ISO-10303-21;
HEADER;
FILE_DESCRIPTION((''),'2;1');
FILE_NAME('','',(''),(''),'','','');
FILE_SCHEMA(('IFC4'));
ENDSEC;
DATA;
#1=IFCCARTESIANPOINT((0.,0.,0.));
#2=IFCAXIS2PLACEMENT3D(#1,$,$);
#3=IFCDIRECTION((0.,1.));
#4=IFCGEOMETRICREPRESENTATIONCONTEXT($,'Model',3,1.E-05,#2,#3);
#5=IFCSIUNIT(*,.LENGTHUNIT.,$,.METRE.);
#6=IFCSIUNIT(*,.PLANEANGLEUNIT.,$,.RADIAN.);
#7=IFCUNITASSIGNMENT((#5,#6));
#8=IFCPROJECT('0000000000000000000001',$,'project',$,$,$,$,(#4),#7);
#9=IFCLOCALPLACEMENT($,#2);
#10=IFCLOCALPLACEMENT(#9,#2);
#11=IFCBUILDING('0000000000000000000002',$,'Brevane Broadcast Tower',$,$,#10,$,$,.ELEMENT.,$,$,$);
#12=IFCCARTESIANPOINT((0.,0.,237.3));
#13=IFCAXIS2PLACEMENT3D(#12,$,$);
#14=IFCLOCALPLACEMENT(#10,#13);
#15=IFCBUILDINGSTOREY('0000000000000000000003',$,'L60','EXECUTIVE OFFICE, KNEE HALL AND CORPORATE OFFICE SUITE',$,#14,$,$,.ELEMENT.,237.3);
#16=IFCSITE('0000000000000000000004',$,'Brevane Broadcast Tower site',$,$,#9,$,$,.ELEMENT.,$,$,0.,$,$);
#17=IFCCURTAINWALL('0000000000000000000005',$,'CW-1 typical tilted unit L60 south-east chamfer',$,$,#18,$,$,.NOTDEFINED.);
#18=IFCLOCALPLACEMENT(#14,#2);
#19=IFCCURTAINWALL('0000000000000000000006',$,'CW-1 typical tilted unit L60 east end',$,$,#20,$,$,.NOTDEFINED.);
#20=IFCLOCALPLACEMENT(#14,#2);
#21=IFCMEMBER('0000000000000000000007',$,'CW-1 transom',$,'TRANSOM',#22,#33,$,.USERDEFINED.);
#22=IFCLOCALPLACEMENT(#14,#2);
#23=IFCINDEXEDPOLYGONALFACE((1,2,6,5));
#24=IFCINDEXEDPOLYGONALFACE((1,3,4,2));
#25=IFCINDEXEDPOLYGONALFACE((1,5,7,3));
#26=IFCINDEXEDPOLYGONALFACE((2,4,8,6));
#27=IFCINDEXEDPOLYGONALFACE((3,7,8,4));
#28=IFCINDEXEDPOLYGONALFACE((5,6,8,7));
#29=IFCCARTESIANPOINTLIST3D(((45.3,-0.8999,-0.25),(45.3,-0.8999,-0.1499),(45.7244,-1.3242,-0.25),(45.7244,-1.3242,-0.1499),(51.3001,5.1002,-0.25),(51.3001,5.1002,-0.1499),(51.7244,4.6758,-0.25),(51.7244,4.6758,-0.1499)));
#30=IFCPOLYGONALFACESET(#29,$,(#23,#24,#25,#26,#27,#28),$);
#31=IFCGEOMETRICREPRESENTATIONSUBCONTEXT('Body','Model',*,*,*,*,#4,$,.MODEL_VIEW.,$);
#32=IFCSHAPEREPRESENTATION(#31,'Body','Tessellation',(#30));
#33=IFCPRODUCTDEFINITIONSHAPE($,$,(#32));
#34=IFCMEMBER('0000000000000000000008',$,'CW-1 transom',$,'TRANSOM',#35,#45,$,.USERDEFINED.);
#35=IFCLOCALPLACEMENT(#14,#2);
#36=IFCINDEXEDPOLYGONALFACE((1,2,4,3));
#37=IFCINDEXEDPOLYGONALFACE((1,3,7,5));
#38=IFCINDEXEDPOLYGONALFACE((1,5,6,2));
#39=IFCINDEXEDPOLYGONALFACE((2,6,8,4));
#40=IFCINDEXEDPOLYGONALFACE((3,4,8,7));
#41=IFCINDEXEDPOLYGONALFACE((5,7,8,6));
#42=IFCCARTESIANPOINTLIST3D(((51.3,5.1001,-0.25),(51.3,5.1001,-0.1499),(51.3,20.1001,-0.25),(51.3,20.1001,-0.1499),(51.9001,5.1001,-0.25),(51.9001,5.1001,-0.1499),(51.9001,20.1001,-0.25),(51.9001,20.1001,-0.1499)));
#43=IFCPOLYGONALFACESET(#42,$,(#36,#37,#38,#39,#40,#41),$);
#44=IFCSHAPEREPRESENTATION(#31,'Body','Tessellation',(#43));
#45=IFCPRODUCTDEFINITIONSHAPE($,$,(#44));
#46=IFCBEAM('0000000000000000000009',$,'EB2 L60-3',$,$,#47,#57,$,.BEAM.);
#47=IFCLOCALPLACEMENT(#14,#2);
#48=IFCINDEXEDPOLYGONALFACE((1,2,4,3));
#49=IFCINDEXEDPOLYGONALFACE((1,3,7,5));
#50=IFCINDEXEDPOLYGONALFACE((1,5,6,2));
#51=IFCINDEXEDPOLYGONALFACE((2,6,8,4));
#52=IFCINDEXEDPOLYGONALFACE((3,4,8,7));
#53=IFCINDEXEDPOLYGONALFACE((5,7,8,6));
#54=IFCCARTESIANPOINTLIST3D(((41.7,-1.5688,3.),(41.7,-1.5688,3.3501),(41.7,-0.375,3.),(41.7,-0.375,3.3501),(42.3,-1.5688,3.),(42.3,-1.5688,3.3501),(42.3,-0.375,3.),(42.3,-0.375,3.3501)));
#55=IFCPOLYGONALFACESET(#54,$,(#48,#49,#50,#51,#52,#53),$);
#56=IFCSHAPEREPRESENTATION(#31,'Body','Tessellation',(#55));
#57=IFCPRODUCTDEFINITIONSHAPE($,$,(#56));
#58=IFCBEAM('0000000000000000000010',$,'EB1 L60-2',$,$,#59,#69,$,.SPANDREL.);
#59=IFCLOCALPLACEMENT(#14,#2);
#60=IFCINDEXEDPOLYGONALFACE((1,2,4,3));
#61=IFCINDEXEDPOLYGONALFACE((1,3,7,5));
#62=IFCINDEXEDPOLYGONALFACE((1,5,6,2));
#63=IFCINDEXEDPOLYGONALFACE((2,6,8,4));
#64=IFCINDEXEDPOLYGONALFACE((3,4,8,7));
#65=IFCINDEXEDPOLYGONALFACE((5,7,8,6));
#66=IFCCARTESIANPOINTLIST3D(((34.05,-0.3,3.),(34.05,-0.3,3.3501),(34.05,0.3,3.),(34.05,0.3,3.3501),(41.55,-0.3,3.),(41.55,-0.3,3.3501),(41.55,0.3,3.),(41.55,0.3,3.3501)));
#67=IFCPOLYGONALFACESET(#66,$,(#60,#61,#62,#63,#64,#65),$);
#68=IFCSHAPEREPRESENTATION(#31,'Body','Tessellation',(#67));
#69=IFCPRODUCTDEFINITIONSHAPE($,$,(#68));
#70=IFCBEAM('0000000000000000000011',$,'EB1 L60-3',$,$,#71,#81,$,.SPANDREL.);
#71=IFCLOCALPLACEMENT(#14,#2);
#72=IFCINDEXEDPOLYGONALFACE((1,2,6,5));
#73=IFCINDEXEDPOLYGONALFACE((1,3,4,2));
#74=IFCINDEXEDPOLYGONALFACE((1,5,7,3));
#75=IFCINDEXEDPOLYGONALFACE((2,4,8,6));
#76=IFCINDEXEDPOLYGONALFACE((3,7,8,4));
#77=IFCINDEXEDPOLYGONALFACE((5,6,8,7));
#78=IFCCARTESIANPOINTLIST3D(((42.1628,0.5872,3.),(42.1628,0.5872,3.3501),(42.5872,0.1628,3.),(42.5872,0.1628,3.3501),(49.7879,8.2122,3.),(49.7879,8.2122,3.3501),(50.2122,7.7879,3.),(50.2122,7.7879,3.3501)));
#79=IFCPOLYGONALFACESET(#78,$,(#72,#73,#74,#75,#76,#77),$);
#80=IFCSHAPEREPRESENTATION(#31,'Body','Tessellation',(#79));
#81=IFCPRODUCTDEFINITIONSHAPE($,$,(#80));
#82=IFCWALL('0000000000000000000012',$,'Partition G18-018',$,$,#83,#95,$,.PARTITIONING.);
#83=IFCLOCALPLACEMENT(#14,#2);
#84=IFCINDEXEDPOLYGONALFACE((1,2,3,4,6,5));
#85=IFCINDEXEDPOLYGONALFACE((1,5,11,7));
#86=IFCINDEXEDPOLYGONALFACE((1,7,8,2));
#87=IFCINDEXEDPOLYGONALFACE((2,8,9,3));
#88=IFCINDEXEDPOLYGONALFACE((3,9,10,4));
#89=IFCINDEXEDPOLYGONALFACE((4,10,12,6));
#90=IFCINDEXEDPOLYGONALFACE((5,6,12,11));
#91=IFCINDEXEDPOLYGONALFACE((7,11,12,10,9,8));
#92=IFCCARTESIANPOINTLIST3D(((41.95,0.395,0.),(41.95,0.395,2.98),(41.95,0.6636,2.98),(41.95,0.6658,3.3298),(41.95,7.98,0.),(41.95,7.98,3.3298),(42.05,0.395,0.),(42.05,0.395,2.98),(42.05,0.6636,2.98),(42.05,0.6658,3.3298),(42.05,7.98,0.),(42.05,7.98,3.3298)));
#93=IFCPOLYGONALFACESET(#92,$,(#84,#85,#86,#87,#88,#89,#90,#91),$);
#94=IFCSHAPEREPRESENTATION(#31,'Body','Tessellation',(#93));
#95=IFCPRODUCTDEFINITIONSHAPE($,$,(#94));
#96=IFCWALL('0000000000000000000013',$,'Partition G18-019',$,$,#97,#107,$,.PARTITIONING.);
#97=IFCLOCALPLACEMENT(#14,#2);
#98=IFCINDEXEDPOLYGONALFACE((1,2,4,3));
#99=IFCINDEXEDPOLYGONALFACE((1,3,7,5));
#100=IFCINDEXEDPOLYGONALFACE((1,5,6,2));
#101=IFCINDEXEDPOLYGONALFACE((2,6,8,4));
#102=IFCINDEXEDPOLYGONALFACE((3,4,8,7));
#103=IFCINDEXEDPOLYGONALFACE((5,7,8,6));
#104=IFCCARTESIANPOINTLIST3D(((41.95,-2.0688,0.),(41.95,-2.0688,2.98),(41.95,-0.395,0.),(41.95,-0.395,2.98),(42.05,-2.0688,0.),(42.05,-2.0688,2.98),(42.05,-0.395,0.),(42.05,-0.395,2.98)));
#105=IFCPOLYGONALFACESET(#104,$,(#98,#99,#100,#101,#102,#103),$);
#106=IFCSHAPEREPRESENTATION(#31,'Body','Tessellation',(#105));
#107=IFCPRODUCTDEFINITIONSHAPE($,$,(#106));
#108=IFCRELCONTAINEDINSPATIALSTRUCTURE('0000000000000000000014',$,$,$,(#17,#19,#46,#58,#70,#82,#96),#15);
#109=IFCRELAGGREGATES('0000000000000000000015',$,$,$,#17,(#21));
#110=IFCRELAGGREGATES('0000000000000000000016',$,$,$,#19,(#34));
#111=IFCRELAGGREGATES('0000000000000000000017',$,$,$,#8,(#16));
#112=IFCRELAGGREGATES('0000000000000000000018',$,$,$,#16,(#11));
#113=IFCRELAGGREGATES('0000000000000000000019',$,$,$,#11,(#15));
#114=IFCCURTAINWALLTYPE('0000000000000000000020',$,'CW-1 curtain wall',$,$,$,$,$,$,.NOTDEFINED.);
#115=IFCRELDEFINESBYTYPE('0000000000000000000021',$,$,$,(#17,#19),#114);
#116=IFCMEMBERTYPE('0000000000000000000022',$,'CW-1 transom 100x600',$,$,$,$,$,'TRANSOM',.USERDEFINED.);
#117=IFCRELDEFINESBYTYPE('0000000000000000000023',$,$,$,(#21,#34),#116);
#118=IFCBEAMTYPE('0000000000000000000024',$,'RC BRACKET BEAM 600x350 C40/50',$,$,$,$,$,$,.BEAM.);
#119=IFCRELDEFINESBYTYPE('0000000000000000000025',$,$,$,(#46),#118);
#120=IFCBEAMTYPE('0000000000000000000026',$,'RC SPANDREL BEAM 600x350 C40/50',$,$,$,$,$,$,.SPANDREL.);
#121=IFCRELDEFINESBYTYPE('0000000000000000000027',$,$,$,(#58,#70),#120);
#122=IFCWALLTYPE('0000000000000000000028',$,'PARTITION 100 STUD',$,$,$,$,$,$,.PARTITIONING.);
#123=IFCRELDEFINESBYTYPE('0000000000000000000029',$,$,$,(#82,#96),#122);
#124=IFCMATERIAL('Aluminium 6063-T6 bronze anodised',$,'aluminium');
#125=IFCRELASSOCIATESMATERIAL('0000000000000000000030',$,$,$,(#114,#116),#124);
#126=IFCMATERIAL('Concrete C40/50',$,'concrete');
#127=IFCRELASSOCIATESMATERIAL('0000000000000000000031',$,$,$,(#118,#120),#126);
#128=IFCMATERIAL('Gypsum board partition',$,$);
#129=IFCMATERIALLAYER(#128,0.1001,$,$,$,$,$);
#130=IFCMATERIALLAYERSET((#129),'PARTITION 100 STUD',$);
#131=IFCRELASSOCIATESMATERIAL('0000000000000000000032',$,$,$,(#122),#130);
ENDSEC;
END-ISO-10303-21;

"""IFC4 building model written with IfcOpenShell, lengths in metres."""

from ifc_helpers import new_model, si_unit, direction, frame, frame_2d, origin, origin_2d, place, context, subcontext, project, spatial, polyline, rectangle, outline, extrude, material, layer, layer_set, material_profile, profile_set, type_object, element, aggregate, save


model = new_model("IFC4")

# Units and contexts
model_context = context("Model", 3, precision=1e-05, world=origin(), true_north=direction((0.0, 1.0)))
body_context = subcontext(model_context, "Body", "Model", "MODEL_VIEW")
ifc_project = project(units=[si_unit("LENGTHUNIT", "METRE"), si_unit("PLANEANGLEUNIT", "RADIAN")], contexts=[model_context])

# Site, building, storey
site_placement = place(None, origin())
site = spatial("IfcSite", under=ifc_project, at=site_placement, Name="Brevane Broadcast Tower site", CompositionType="ELEMENT", RefElevation=0.0)
building_placement = place(site_placement, origin())
building = spatial("IfcBuilding", under=site, at=building_placement, Name="Brevane Broadcast Tower", CompositionType="ELEMENT")
storey_placement = place(building_placement, frame((0.0, 0.0, 237.3)))
storey = spatial("IfcBuildingStorey", under=building, at=storey_placement, Name="L60", Description="EXECUTIVE OFFICE, KNEE HALL AND CORPORATE OFFICE SUITE", CompositionType="ELEMENT", Elevation=237.3)

# Curtain wall
ifc_material_1 = material(Name="Aluminium 6063-T6 bronze anodised", Category="aluminium")
curtain_wall_type = type_object("IfcCurtainWallType", Name="CW-1 curtain wall", PredefinedType="NOTDEFINED", material=ifc_material_1)
curtain_wall_1_placement = place(storey_placement, origin())
curtain_wall_1 = element("IfcCurtainWall", 1, at=curtain_wall_1_placement, inside=storey, type_object=curtain_wall_type, Name="CW-1 typical tilted unit L60 south-east chamfer", PredefinedType="NOTDEFINED")

# Curtain wall
curtain_wall_2_placement = place(storey_placement, origin())
curtain_wall_2 = element("IfcCurtainWall", 2, at=curtain_wall_2_placement, inside=storey, type_object=curtain_wall_type, Name="CW-1 typical tilted unit L60 east end", PredefinedType="NOTDEFINED")

# Members
ifc_material_profile_1 = material_profile(ifc_material_1, rectangle(XDim=0.6001, YDim=0.1001, at=origin_2d()), Name="RECT 100x600")
ifc_profile_set_1 = profile_set([ifc_material_profile_1], Name="Aluminium 6063-T6 bronze anodised")
member_type_1 = type_object("IfcMemberType", Name="CW-1 transom 100x600", ElementType="TRANSOM", PredefinedType="USERDEFINED", material=ifc_profile_set_1)
member_1_placement = place(storey_placement, frame((45.5122, -1.1121, -0.2), z_axis=(0.707107, 0.707107, 0.0), x_axis=(-0.707107, 0.707107, 0.0)))
member_1 = element("IfcMember", 3, at=member_1_placement, type_object=member_type_1, Name="CW-1 transom", ObjectType="TRANSOM", PredefinedType="USERDEFINED", context=body_context, shape_type="SweptSolid", body=[
    extrude(rectangle(XDim=0.6001, YDim=0.1001, at=origin_2d()), origin(), (0.0, 0.0, 1.0), 8.4854),
])
aggregate(curtain_wall_1, [member_1])
member_2_placement = place(storey_placement, frame((51.6001, 5.1001, -0.2), z_axis=(0.0, 1.0, 0.0), x_axis=(-1.0, 0.0, 0.0)))
member_2 = element("IfcMember", 4, at=member_2_placement, type_object=member_type_1, Name="CW-1 transom", ObjectType="TRANSOM", PredefinedType="USERDEFINED", context=body_context, shape_type="SweptSolid", body=[
    extrude(rectangle(XDim=0.6001, YDim=0.1001, at=origin_2d()), origin(), (0.0, 0.0, 1.0), 15.0),
])
aggregate(curtain_wall_2, [member_2])

# Beams
ifc_material_2 = material(Name="Concrete C40/50", Category="concrete")
ifc_material_profile_2 = material_profile(ifc_material_2, rectangle(XDim=0.6001, YDim=0.3501, at=origin_2d()), Name="RC 600x350")
ifc_profile_set_2 = profile_set([ifc_material_profile_2], Name="Concrete C40/50")
beam_type_1 = type_object("IfcBeamType", Name="RC BRACKET BEAM 600x350 C40/50", PredefinedType="BEAM", material=ifc_profile_set_2)
beam_1_placement = place(storey_placement, frame((42.0, -0.375, 3.175), z_axis=(0.0, -1.0, 0.0), x_axis=(1.0, 0.0, 0.0)))
element("IfcBeam", 5, at=beam_1_placement, inside=storey, type_object=beam_type_1, Name="EB2 L60-3", PredefinedType="BEAM", context=body_context, shape_type="SweptSolid", body=[
    extrude(rectangle(XDim=0.6001, YDim=0.3501, at=origin_2d()), origin(), (0.0, 0.0, 1.0), 1.1938),
])
ifc_material_profile_3 = material_profile(ifc_material_2, rectangle(XDim=0.6001, YDim=0.3501, at=origin_2d()), Name="RC 600x350")
ifc_profile_set_3 = profile_set([ifc_material_profile_3], Name="Concrete C40/50")
beam_type_2 = type_object("IfcBeamType", Name="RC SPANDREL BEAM 600x350 C40/50", PredefinedType="SPANDREL", material=ifc_profile_set_3)
beam_2_placement = place(storey_placement, frame((34.05, 0.0, 3.175), z_axis=(1.0, 0.0, 0.0), x_axis=(0.0, 1.0, 0.0)))
element("IfcBeam", 6, at=beam_2_placement, inside=storey, type_object=beam_type_2, Name="EB1 L60-2", PredefinedType="SPANDREL", context=body_context, shape_type="SweptSolid", body=[
    extrude(rectangle(XDim=0.6001, YDim=0.3501, at=origin_2d()), origin(), (0.0, 0.0, 1.0), 7.5),
])
beam_3_placement = place(storey_placement, frame((42.375, 0.375, 3.175), z_axis=(0.707107, 0.707107, 0.0), x_axis=(-0.707107, 0.707107, 0.0)))
element("IfcBeam", 7, at=beam_3_placement, inside=storey, type_object=beam_type_2, Name="EB1 L60-3", PredefinedType="SPANDREL", context=body_context, shape_type="SweptSolid", body=[
    extrude(rectangle(XDim=0.6001, YDim=0.3501, at=origin_2d()), origin(), (0.0, 0.0, 1.0), 10.7834),
])

# Walls
ifc_material_3 = material(Name="Gypsum board partition")
ifc_layer = layer(ifc_material_3, 0.1001)
ifc_layer_set = layer_set([ifc_layer], Name="PARTITION 100 STUD")
wall_type = type_object("IfcWallType", Name="PARTITION 100 STUD", PredefinedType="PARTITIONING", material=ifc_layer_set)
wall_1_placement = place(storey_placement, frame((42.0, 7.98, 0.0), z_axis=(0.0, 0.0, 1.0), x_axis=(0.0, -1.0, 0.0)))
element("IfcWall", 8, at=wall_1_placement, inside=storey, type_object=wall_type, Name="Partition G18-018", PredefinedType="PARTITIONING", context=body_context, shape_type="SweptSolid", body=[
    extrude(outline(polyline([(0.0, 0.0), (7.585, 0.0), (7.585, 2.98), (7.3164, 2.98), (7.3142, 3.3298), (0.0, 3.3298), (0.0, 0.0)])), frame((0.0, 0.05, 0.0), z_axis=(0.0, -1.0, 0.0), x_axis=(1.0, 0.0, 0.0)), (0.0, 0.0, 1.0), 0.1001),
])
wall_2_placement = place(storey_placement, frame((42.0, -0.395, 0.0), z_axis=(0.0, 0.0, 1.0), x_axis=(0.0, -1.0, 0.0)))
element("IfcWall", 9, at=wall_2_placement, inside=storey, type_object=wall_type, Name="Partition G18-019", PredefinedType="PARTITIONING", context=body_context, shape_type="SweptSolid", body=[
    extrude(rectangle(XDim=1.6738, YDim=0.1001, at=frame_2d((0.8369, 0.0))), origin(), (0.0, 0.0, 1.0), 2.98),
])

save(model, "model.ifc")
